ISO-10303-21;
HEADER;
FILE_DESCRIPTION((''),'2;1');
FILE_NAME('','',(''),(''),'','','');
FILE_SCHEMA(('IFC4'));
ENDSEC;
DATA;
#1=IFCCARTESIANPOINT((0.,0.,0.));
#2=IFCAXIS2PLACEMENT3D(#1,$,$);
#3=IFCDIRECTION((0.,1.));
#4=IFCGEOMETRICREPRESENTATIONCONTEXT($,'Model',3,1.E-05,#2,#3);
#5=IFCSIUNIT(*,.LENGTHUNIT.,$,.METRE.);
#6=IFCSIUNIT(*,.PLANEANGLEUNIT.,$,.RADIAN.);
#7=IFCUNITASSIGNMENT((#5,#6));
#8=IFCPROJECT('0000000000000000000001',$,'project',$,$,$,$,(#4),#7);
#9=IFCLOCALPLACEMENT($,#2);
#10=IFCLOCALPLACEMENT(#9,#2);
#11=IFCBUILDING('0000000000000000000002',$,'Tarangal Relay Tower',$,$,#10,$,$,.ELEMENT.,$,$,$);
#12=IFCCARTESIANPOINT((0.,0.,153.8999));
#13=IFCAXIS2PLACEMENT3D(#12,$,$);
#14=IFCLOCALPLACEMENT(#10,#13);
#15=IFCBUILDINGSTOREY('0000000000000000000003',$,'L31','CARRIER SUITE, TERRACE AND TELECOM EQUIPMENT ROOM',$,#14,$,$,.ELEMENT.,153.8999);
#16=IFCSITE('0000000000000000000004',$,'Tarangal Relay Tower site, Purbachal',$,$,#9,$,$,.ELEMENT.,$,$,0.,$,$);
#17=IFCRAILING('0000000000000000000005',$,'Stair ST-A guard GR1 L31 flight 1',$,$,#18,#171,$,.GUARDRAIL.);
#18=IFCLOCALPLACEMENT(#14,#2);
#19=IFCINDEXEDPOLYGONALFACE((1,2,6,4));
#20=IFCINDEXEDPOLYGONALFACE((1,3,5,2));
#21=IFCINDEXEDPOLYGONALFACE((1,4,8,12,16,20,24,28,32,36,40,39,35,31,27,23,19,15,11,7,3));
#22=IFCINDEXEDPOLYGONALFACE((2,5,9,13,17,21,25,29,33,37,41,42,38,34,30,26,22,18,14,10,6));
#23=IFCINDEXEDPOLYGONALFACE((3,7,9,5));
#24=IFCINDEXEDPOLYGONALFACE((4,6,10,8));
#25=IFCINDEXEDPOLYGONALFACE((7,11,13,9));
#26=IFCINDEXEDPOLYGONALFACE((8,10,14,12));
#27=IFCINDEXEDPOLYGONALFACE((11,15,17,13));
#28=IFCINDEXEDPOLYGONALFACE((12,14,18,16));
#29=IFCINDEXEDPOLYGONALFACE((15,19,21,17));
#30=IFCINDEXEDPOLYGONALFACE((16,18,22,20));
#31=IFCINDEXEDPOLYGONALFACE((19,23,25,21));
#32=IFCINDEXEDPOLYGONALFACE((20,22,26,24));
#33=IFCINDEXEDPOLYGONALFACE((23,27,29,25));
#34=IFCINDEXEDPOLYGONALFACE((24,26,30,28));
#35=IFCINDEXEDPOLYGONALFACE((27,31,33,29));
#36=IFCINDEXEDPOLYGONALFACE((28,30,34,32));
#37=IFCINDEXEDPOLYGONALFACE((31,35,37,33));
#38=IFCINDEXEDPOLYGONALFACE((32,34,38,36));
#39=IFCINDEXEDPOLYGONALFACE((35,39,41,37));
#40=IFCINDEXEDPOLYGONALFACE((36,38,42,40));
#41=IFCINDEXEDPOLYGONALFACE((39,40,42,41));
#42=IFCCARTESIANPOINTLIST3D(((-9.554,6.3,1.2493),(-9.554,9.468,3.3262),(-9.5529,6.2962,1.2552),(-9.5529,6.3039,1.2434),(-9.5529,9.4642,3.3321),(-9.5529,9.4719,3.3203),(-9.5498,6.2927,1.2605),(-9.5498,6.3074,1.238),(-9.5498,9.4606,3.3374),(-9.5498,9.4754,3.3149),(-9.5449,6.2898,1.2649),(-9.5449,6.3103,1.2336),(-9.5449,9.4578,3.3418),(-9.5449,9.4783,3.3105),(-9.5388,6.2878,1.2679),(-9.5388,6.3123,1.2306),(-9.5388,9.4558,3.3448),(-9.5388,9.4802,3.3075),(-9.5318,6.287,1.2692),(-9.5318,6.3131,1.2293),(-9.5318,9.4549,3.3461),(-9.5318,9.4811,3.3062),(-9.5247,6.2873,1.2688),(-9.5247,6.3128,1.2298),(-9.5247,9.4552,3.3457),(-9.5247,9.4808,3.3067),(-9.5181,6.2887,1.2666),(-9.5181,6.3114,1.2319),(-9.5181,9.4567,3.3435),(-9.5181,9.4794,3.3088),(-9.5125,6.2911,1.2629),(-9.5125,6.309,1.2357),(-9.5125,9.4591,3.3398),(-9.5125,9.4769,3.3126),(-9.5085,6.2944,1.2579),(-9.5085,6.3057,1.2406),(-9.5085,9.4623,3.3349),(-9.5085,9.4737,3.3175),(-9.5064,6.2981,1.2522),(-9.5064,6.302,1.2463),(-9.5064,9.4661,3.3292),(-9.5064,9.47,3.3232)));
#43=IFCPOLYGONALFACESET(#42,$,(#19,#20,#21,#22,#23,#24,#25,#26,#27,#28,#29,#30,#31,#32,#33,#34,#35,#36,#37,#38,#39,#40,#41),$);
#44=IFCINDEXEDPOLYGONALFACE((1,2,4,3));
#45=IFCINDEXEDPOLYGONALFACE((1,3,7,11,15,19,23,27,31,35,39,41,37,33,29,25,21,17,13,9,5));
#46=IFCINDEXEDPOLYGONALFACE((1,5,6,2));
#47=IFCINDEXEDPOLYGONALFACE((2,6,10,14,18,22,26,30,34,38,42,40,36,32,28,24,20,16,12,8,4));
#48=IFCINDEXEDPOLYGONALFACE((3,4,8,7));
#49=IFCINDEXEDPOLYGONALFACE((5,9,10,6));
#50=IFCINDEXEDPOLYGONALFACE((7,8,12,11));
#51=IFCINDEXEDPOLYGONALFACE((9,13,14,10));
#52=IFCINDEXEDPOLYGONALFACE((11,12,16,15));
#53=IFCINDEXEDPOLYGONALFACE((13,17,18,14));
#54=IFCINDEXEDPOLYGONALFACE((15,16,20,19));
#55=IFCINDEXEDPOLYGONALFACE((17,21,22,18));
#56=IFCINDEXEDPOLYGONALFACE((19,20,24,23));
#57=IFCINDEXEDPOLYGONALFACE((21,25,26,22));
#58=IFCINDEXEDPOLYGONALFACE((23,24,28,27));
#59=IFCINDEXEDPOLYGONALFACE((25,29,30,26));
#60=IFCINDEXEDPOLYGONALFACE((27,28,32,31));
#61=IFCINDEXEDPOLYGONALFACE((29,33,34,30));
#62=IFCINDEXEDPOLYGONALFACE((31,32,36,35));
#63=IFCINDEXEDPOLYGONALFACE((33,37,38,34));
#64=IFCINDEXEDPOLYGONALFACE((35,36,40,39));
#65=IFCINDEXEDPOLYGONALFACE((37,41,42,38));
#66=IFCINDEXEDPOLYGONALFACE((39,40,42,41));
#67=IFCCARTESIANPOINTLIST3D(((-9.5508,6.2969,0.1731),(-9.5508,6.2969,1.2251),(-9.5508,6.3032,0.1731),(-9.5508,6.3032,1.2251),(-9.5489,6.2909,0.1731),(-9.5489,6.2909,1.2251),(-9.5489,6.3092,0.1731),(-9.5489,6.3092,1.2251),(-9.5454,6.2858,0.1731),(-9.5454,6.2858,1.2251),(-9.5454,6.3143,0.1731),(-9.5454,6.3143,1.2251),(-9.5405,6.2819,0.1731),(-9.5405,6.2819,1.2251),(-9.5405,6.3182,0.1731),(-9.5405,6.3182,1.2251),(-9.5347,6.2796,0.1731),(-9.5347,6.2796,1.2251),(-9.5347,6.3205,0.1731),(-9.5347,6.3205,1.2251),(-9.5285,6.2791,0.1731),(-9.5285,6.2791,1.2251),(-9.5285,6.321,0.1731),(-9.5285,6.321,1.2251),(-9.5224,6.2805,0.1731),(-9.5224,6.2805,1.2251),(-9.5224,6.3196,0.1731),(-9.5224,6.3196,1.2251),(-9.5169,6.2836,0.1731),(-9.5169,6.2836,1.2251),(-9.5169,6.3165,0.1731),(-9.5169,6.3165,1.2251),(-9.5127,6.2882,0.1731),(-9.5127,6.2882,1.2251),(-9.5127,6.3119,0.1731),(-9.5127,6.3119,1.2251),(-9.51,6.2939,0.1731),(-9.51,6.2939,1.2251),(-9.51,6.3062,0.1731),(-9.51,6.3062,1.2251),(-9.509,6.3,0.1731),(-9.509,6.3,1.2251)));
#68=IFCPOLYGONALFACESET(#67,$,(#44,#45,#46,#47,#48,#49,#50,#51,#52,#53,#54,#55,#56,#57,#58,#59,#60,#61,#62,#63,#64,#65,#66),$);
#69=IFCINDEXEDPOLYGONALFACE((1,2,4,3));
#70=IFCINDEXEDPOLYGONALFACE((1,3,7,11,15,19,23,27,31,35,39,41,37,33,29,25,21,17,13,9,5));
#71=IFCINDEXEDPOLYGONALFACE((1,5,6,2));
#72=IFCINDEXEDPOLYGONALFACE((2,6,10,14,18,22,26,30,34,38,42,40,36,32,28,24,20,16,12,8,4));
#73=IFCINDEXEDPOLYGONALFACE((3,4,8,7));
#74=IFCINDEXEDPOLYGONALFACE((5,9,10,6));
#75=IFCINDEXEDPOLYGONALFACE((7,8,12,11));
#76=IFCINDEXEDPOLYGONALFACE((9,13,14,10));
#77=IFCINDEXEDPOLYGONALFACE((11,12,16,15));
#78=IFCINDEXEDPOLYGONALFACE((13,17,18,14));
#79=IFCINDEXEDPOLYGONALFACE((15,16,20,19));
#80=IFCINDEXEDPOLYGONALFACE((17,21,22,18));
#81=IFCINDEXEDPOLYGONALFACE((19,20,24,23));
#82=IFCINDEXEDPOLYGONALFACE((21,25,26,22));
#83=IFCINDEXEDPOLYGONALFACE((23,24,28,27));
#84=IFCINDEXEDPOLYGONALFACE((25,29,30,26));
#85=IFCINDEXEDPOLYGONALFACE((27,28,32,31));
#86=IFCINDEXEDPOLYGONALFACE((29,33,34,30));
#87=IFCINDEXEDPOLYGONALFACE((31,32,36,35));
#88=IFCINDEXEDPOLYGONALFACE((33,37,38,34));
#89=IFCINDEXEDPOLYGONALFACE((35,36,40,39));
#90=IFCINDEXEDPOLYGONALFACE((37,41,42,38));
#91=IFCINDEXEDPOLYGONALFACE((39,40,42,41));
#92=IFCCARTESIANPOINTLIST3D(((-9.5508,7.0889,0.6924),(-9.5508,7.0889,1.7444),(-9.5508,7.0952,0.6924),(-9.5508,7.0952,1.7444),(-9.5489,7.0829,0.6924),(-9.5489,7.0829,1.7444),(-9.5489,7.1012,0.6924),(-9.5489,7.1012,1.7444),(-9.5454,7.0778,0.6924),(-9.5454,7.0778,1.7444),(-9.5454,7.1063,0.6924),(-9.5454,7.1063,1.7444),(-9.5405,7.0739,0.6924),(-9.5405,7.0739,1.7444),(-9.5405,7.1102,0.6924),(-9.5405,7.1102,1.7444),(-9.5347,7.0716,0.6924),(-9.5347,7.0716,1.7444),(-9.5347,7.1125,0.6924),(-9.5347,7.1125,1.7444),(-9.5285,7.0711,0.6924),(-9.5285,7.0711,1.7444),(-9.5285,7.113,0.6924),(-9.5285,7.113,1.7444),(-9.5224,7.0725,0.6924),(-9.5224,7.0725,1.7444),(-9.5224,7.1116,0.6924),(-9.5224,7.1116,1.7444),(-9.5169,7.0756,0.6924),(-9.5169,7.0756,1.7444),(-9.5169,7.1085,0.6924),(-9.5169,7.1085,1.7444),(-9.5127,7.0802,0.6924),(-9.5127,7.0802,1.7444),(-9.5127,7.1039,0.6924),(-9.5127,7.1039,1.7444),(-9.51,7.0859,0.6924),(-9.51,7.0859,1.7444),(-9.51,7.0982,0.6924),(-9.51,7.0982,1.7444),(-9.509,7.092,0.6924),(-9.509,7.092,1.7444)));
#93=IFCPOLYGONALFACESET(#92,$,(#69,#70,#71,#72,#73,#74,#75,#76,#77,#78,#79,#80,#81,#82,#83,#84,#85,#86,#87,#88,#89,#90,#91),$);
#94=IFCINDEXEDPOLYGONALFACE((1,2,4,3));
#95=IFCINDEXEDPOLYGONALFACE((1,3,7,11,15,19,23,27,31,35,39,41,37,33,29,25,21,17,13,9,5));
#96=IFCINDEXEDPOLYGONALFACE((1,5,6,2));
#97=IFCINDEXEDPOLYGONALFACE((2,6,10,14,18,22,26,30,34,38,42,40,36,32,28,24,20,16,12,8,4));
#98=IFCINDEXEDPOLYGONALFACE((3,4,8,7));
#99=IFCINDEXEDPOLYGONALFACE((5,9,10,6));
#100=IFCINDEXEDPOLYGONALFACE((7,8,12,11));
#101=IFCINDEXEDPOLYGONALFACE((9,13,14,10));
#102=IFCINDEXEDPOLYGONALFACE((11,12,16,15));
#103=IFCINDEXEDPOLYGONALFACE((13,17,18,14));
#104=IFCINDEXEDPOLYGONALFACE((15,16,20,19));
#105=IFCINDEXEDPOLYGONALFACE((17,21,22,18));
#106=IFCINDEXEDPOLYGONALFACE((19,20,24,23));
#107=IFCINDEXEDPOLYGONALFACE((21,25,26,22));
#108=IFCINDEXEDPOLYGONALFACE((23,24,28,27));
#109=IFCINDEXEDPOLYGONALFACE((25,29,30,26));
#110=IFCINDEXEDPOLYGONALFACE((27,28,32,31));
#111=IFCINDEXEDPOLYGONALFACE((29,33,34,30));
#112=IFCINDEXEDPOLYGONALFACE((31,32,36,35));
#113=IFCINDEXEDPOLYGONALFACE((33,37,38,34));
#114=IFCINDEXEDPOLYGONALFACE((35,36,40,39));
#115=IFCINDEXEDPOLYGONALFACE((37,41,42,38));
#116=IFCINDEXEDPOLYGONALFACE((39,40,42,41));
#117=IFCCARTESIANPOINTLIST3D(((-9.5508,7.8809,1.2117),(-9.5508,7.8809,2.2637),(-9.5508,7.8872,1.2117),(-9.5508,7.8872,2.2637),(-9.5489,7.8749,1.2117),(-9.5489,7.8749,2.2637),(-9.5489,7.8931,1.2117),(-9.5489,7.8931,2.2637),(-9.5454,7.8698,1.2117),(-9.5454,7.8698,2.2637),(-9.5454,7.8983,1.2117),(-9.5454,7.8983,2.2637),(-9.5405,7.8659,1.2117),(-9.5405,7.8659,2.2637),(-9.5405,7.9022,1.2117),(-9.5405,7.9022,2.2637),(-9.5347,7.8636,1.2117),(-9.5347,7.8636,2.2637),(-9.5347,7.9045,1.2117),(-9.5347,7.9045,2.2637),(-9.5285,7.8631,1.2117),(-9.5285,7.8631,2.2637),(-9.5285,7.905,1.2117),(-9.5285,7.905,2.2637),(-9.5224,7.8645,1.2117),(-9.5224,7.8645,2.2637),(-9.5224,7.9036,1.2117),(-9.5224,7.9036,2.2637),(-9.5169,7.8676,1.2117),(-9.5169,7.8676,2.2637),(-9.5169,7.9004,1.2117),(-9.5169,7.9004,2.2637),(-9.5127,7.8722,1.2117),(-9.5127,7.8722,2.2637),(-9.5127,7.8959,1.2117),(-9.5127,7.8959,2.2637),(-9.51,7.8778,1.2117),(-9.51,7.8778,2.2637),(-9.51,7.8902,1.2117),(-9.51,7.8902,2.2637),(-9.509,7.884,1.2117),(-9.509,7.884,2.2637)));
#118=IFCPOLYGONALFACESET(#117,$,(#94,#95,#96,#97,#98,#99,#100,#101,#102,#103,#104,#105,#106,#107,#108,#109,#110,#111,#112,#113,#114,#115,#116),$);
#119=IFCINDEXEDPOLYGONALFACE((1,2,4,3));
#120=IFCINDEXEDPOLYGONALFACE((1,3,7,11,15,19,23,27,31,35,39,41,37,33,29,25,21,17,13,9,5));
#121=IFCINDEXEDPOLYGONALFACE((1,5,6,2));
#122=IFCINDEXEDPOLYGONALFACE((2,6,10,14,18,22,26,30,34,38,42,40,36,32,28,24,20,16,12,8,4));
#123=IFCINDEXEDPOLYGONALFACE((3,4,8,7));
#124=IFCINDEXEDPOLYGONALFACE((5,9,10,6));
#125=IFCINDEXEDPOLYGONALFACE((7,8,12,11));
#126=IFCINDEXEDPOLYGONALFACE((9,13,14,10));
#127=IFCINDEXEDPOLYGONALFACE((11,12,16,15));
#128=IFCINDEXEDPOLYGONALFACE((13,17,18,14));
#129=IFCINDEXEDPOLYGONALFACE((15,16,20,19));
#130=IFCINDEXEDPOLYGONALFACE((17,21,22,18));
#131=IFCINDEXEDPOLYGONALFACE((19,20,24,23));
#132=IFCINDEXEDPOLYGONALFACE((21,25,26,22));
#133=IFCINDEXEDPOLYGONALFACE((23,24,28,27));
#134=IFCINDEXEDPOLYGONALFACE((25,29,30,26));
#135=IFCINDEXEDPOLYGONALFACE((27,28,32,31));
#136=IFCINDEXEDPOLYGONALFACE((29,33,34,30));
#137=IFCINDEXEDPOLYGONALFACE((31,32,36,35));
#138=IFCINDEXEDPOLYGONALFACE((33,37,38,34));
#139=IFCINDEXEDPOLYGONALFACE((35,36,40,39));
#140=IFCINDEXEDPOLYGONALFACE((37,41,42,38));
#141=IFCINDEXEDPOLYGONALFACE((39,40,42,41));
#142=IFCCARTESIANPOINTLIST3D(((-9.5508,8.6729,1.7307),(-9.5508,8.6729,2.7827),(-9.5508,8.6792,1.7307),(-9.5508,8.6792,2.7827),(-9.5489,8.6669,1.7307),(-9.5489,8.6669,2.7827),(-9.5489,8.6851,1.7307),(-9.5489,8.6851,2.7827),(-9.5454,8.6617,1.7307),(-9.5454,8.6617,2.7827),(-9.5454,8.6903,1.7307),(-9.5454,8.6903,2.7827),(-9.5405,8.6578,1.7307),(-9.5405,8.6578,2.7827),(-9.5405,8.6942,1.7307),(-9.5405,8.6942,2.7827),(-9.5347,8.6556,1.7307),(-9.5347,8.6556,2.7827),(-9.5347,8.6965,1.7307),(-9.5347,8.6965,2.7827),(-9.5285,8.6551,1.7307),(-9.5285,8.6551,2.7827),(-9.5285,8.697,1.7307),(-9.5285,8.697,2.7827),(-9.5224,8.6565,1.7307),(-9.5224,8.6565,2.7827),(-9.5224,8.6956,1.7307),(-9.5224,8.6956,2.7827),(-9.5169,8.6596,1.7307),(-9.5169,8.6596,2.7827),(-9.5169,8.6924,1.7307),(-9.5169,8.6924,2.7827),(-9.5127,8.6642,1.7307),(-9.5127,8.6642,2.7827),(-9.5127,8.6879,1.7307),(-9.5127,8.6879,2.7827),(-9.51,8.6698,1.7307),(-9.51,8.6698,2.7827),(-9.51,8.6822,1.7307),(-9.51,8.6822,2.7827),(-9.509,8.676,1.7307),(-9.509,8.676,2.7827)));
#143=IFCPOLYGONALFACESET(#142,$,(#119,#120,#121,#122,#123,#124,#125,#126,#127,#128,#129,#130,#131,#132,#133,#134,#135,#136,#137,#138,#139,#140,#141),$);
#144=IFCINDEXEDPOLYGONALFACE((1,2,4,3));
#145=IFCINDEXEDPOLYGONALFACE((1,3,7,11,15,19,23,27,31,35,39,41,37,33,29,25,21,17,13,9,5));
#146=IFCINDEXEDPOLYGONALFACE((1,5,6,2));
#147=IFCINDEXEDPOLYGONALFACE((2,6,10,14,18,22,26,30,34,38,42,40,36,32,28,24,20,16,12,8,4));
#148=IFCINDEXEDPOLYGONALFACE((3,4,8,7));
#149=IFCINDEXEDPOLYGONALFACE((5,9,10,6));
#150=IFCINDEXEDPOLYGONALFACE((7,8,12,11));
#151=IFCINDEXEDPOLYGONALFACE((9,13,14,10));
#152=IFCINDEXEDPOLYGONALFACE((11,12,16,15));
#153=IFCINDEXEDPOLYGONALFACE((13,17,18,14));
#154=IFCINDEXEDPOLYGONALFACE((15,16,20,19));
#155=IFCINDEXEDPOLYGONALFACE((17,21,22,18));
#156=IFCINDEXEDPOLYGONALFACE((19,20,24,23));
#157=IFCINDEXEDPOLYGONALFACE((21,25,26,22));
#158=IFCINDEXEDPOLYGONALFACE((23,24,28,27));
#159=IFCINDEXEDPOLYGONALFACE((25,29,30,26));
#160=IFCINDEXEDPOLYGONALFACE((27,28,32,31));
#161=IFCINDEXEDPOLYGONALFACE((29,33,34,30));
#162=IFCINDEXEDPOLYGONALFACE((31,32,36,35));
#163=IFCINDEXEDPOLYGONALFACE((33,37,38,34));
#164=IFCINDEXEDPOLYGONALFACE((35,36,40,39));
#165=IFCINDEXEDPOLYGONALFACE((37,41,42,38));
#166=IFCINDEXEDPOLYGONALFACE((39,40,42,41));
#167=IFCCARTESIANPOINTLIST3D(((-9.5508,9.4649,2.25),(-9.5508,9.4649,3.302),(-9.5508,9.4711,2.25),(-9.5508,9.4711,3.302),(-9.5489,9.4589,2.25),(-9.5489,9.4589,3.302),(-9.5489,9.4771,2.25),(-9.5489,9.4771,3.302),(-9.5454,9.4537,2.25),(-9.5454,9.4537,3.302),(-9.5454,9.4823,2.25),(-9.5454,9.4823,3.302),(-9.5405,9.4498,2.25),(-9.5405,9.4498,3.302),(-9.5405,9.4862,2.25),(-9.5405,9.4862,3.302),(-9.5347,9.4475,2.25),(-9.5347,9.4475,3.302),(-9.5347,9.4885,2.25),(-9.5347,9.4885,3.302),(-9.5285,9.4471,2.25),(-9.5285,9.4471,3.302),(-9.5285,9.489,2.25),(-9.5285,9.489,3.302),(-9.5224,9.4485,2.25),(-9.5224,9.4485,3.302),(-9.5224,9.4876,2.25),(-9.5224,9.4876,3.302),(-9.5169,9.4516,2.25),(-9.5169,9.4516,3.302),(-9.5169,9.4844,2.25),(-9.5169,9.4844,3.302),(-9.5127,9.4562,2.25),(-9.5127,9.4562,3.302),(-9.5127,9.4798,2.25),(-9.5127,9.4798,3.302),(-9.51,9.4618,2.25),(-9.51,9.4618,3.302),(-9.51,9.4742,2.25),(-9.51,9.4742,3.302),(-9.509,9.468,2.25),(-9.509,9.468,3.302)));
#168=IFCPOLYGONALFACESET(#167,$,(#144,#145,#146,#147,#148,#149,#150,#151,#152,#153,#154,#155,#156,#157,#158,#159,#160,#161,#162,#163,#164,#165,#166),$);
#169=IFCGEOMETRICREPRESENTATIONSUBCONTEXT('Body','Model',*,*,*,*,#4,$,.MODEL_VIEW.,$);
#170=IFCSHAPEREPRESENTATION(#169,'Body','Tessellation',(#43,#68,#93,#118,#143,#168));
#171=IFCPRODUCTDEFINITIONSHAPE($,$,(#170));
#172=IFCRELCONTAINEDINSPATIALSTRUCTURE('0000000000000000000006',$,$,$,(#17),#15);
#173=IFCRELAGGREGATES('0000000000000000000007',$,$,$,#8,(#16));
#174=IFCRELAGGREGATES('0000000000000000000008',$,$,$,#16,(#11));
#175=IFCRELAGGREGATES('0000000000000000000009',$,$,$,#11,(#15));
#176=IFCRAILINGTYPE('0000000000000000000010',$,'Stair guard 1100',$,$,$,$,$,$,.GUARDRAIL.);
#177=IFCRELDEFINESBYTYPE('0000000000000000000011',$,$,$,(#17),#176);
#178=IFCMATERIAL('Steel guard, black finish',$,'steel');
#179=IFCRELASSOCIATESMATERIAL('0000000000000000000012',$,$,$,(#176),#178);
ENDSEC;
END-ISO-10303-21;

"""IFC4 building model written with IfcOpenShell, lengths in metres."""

from ifc_helpers import new_model, si_unit, direction, frame, origin, origin_2d, place, context, subcontext, project, spatial, circle, extrude, material, type_object, element, save


model = new_model("IFC4")

# Units and contexts
model_context = context("Model", 3, precision=1e-05, world=origin(), true_north=direction((0.0, 1.0)))
body_context = subcontext(model_context, "Body", "Model", "MODEL_VIEW")
ifc_project = project(units=[si_unit("LENGTHUNIT", "METRE"), si_unit("PLANEANGLEUNIT", "RADIAN")], contexts=[model_context])

# Site, building, storey
site_placement = place(None, origin())
site = spatial("IfcSite", under=ifc_project, at=site_placement, Name="Tarangal Relay Tower site, Purbachal", CompositionType="ELEMENT", RefElevation=0.0)
building_placement = place(site_placement, origin())
building = spatial("IfcBuilding", under=site, at=building_placement, Name="Tarangal Relay Tower", CompositionType="ELEMENT")
storey_placement = place(building_placement, frame((0.0, 0.0, 153.8999)))
storey = spatial("IfcBuildingStorey", under=building, at=storey_placement, Name="L31", Description="CARRIER SUITE, TERRACE AND TELECOM EQUIPMENT ROOM", CompositionType="ELEMENT", Elevation=153.8999)

# Railing
ifc_material_1 = material(Name="Steel guard, black finish", Category="steel")
railing_type = type_object("IfcRailingType", Name="Stair guard 1100", PredefinedType="GUARDRAIL", material=ifc_material_1)
railing_1_placement = place(storey_placement, frame((-9.53, 6.3, 0.1731)))
element("IfcRailing", 1, at=railing_1_placement, inside=storey, type_object=railing_type, Name="Stair ST-A guard GR1 L31 flight 1", PredefinedType="GUARDRAIL", context=body_context, shape_type="SweptSolid", body=[
    extrude(circle(Radius=0.0239, at=origin_2d()), frame((0.0, 0.0, 1.0762), z_axis=(0.0, 0.836299, 0.548273), x_axis=(-1.0, 0.0, 0.0)), (0.0, 0.0, 1.0), 3.7881),
    extrude(circle(Radius=0.021, at=origin_2d()), origin(), (0.0, 0.0, 1.0), 1.052),
    extrude(circle(Radius=0.021, at=origin_2d()), frame((0.0, 0.792, 0.5193)), (0.0, 0.0, 1.0), 1.052),
    extrude(circle(Radius=0.021, at=origin_2d()), frame((0.0, 1.584, 1.0386)), (0.0, 0.0, 1.0), 1.052),
    extrude(circle(Radius=0.021, at=origin_2d()), frame((0.0, 2.376, 1.5576)), (0.0, 0.0, 1.0), 1.052),
    extrude(circle(Radius=0.021, at=origin_2d()), frame((0.0, 3.168, 2.0769)), (0.0, 0.0, 1.0), 1.052),
])

save(model, "model.ifc")
